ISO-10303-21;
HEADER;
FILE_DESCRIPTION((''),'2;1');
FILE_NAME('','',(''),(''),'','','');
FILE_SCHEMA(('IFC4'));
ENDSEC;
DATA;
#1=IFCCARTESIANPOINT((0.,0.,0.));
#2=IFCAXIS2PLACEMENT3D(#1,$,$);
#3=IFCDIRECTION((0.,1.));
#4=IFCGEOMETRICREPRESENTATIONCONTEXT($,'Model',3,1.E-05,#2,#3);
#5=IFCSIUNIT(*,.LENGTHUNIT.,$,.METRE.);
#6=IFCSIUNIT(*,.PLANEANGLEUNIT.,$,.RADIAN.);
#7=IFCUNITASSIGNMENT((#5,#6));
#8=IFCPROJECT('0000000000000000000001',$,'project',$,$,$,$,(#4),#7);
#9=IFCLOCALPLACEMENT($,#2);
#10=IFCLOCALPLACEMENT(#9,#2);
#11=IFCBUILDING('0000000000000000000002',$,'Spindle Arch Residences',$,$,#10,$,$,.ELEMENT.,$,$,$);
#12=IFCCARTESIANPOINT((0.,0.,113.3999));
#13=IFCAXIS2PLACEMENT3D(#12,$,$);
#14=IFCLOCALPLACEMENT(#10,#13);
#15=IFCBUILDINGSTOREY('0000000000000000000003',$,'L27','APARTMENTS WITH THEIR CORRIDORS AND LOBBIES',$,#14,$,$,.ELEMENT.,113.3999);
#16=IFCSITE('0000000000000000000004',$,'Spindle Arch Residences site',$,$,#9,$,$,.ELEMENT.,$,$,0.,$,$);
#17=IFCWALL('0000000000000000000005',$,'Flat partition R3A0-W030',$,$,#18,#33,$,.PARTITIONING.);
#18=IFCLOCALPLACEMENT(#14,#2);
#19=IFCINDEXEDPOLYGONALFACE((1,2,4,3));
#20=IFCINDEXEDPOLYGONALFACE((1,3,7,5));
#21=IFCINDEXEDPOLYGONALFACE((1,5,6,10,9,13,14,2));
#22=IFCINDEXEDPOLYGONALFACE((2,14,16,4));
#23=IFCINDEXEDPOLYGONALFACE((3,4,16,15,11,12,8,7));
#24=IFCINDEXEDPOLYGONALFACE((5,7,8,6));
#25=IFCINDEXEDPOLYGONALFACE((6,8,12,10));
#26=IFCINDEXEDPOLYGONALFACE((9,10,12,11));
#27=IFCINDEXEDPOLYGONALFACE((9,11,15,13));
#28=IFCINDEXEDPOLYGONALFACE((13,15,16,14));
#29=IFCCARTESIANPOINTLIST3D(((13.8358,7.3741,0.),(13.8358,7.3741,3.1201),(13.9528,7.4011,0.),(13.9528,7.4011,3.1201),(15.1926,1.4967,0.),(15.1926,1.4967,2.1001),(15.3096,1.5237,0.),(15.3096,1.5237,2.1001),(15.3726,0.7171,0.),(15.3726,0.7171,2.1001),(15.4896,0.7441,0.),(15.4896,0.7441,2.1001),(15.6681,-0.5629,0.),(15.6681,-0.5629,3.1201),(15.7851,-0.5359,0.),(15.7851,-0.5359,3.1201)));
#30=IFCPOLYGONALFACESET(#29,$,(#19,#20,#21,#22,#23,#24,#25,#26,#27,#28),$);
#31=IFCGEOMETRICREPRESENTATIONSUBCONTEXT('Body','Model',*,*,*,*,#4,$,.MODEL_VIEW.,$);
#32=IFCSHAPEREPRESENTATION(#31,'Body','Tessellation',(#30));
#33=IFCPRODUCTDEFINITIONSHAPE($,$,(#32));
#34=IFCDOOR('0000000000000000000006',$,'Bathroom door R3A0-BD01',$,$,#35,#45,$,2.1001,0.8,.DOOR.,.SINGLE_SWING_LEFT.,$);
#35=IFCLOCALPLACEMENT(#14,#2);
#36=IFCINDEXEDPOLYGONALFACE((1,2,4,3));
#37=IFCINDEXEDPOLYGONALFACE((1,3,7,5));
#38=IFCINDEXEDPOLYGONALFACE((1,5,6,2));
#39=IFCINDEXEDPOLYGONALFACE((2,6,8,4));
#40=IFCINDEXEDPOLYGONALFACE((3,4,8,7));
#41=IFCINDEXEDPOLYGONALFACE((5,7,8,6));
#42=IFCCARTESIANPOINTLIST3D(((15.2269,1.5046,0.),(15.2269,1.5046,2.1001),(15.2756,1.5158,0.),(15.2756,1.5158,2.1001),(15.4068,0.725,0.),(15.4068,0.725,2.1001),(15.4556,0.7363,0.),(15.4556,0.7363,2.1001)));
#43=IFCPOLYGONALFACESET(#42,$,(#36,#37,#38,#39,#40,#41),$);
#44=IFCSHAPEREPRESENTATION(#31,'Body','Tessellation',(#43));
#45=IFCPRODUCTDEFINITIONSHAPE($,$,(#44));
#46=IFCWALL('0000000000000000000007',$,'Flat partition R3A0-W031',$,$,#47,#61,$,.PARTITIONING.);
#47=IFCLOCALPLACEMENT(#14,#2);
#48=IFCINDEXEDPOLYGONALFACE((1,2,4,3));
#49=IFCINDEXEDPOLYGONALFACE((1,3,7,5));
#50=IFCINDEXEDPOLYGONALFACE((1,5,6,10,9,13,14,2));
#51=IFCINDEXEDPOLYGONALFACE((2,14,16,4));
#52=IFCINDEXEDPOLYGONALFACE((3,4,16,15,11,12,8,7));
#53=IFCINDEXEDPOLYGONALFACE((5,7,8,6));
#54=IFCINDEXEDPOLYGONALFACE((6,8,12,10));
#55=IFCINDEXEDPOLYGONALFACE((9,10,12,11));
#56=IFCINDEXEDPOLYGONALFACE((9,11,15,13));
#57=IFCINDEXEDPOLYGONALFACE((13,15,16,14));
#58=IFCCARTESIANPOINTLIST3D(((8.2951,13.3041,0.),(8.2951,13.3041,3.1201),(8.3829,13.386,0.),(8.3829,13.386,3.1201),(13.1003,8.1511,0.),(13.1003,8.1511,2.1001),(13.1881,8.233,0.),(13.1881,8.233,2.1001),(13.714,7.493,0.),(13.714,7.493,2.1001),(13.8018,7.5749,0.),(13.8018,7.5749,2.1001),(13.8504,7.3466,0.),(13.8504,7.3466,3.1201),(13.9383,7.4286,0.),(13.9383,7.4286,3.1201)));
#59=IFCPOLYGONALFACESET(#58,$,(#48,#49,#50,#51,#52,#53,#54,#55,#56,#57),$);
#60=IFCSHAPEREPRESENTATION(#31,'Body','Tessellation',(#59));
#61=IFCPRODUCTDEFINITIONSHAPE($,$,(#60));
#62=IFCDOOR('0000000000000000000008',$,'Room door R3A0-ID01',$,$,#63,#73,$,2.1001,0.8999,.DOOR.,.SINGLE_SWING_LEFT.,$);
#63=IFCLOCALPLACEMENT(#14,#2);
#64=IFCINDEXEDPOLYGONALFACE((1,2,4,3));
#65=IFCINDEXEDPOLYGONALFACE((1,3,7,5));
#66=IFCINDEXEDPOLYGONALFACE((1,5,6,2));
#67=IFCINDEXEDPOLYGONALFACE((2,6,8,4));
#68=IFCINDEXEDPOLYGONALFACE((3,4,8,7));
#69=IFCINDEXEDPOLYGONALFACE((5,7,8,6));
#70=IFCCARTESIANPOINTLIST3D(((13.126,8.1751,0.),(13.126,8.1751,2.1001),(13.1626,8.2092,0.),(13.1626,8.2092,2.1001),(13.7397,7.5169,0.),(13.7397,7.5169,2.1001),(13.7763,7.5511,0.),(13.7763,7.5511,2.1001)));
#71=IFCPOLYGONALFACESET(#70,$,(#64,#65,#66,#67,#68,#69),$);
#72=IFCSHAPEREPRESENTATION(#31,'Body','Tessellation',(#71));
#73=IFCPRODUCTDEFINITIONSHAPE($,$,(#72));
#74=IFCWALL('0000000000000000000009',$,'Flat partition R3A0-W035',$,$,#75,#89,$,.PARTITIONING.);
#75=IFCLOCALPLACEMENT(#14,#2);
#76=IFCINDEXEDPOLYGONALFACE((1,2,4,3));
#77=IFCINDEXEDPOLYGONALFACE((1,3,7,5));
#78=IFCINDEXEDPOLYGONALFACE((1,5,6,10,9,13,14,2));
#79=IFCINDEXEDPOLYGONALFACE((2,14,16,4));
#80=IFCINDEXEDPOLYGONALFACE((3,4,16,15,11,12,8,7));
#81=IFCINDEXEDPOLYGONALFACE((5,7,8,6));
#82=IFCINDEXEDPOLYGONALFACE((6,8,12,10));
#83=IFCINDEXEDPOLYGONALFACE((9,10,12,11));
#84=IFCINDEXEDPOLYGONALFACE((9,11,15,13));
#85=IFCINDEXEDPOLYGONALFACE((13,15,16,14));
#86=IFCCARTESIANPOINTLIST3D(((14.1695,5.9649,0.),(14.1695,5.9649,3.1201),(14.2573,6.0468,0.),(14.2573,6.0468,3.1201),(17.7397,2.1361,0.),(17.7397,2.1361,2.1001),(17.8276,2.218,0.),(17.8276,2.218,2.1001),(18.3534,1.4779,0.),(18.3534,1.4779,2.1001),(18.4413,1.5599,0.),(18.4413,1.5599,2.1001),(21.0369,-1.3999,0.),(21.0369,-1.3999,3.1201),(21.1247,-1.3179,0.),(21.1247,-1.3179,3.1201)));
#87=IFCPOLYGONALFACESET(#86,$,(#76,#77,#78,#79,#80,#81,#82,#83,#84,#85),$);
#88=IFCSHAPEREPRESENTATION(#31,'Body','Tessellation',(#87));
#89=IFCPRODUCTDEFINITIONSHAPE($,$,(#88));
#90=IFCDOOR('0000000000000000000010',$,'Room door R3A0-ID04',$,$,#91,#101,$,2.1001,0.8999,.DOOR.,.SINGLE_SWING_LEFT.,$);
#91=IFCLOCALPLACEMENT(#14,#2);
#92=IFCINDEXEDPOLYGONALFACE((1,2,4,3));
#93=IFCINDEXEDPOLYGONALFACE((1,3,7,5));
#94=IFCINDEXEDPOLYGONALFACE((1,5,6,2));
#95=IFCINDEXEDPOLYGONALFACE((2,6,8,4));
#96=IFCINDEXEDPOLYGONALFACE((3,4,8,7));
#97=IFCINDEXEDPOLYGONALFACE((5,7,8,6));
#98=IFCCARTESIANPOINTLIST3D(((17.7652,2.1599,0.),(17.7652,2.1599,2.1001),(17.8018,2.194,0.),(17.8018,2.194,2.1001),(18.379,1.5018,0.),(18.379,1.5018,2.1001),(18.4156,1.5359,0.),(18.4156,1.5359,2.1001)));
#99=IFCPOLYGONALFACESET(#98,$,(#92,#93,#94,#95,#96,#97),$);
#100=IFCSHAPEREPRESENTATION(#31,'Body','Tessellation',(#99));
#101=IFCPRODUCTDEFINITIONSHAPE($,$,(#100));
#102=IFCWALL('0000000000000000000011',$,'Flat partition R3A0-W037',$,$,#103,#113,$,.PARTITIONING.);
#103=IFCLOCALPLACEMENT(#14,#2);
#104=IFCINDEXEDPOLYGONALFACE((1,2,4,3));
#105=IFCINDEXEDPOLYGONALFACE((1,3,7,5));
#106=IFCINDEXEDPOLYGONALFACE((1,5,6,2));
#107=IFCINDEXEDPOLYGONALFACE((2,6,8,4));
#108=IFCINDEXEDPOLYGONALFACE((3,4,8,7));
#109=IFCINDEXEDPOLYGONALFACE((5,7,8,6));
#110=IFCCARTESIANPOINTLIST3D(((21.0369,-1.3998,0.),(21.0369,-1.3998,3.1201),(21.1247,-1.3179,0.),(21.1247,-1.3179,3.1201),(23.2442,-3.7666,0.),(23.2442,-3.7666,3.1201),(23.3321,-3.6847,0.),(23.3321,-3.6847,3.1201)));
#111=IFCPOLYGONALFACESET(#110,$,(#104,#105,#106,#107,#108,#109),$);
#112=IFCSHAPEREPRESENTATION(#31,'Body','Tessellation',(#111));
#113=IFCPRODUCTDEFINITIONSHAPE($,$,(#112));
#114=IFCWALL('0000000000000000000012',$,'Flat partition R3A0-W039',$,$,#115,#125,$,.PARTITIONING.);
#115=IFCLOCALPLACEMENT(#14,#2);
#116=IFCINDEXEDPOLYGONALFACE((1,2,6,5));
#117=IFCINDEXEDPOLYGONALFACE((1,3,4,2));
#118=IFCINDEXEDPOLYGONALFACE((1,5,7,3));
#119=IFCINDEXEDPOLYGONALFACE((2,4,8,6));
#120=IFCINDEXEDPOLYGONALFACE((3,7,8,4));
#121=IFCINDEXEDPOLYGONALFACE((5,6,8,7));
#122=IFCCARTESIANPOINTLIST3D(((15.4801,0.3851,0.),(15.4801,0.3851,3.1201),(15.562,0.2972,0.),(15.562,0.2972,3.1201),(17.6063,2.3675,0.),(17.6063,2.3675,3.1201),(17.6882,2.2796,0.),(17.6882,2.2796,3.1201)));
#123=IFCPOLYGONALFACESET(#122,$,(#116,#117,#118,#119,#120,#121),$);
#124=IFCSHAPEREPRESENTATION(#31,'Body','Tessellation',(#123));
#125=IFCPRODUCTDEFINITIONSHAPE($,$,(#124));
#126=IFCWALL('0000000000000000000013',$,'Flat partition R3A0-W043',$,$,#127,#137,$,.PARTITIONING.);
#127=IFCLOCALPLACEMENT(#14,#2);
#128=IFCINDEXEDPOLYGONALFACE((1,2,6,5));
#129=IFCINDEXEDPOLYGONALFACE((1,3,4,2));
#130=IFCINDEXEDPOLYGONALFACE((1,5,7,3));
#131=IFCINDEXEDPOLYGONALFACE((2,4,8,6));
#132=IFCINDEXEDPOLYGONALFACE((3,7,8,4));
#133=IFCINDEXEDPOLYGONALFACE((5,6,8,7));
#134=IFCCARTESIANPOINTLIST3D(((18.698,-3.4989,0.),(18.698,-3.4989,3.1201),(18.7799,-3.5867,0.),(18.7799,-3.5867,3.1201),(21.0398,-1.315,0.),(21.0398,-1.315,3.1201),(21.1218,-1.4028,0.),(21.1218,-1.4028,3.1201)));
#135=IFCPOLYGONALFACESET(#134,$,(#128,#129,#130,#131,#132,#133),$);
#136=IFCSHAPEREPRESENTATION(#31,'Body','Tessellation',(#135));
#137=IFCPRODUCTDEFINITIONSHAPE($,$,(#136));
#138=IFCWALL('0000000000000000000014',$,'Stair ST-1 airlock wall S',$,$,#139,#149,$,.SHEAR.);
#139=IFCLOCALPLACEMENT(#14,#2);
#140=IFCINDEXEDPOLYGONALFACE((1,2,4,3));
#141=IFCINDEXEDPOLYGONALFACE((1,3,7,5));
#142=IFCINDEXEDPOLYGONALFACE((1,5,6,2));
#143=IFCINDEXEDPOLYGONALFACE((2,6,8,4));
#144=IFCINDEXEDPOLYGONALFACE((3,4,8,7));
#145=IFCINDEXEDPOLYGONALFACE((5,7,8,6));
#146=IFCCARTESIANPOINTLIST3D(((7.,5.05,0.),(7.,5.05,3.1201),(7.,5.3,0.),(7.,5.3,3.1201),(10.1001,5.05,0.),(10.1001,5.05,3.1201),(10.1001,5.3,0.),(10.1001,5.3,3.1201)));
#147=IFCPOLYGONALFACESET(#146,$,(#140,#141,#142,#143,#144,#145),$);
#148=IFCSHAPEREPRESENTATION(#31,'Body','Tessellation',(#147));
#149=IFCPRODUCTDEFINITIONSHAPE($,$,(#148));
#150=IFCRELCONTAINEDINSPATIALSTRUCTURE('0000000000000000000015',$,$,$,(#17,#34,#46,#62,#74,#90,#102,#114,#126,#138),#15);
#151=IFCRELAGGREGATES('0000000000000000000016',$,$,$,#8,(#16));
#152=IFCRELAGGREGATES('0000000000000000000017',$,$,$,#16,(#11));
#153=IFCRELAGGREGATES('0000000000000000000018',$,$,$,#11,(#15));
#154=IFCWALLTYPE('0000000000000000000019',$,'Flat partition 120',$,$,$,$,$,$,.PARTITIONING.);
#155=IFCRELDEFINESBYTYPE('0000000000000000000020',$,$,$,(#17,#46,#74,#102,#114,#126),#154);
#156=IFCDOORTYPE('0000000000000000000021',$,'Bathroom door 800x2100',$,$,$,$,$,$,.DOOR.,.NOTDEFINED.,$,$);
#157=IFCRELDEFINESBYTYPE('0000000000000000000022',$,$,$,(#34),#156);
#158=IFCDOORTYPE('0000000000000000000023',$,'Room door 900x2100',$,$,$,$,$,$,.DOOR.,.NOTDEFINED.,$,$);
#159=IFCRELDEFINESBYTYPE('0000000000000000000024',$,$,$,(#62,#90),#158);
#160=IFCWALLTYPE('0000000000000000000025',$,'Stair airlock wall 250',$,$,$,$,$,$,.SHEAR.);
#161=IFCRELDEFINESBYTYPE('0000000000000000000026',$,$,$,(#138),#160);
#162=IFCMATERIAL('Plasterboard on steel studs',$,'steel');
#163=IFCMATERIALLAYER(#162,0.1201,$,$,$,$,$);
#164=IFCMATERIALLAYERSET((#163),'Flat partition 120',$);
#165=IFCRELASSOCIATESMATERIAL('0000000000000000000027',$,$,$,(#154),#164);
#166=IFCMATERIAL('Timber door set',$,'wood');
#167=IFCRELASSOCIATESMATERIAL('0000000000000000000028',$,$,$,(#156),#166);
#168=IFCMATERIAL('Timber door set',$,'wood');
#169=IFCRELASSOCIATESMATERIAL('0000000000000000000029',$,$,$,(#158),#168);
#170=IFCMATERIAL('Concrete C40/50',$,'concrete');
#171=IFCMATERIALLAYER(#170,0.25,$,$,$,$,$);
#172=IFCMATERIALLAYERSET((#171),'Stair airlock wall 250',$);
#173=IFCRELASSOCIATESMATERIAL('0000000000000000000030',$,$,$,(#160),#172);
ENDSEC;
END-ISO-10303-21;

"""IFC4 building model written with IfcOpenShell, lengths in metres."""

from ifc_helpers import new_model, si_unit, direction, frame, frame_2d, origin, place, context, subcontext, project, spatial, rectangle, extrude, material, layer, layer_set, type_object, element, fill, save


model = new_model("IFC4")

# Units and contexts
model_context = context("Model", 3, precision=1e-05, world=origin(), true_north=direction((0.0, 1.0)))
body_context = subcontext(model_context, "Body", "Model", "MODEL_VIEW")
ifc_project = project(units=[si_unit("LENGTHUNIT", "METRE"), si_unit("PLANEANGLEUNIT", "RADIAN")], contexts=[model_context])

# Site, building, storey
site_placement = place(None, origin())
site = spatial("IfcSite", under=ifc_project, at=site_placement, Name="Spindle Arch Residences site", CompositionType="ELEMENT", RefElevation=0.0)
building_placement = place(site_placement, origin())
building = spatial("IfcBuilding", under=site, at=building_placement, Name="Spindle Arch Residences", CompositionType="ELEMENT")
storey_placement = place(building_placement, frame((0.0, 0.0, 113.3999)))
storey = spatial("IfcBuildingStorey", under=building, at=storey_placement, Name="L27", Description="APARTMENTS WITH THEIR CORRIDORS AND LOBBIES", CompositionType="ELEMENT", Elevation=113.3999)

# Walls, openings, doors
ifc_material_1 = material(Name="Plasterboard on steel studs", Category="steel")
ifc_layer_1 = layer(ifc_material_1, 0.1201)
ifc_layer_set_1 = layer_set([ifc_layer_1], Name="Flat partition 120")
wall_type_1 = type_object("IfcWallType", Name="Flat partition 120", PredefinedType="PARTITIONING", material=ifc_layer_set_1)
wall_1_placement = place(storey_placement, frame((15.7266, -0.5493, 0.0), z_axis=(0.0, 0.0, 1.0), x_axis=(-0.224936, 0.974374, 0.0)))
wall_1 = element("IfcWall", 1, at=wall_1_placement, inside=storey, type_object=wall_type_1, Name="Flat partition R3A0-W030", PredefinedType="PARTITIONING", context=body_context, shape_type="SweptSolid", body=[
    extrude(rectangle(XDim=8.1458, YDim=0.1201, at=frame_2d((4.0728, 0.0))), origin(), (0.0, 0.0, 1.0), 3.1201),
])
opening_1_placement = place(wall_1_placement, frame((1.3137, 0.0, 0.0)))
opening_1 = element("IfcOpeningElement", 2, at=opening_1_placement, cuts=wall_1, PredefinedType="OPENING", context=body_context, shape_type="SweptSolid", body=[
    extrude(rectangle(XDim=0.8, YDim=2.1001, at=frame_2d((0.3999, 1.05))), frame((0.0, 0.0701, 0.0), z_axis=(0.0, -1.0, 0.0), x_axis=(1.0, 0.0, 0.0)), (0.0, 0.0, 1.0), 0.1401),
])
ifc_material_2 = material(Name="Timber door set", Category="wood")
door_type_1 = type_object("IfcDoorType", Name="Bathroom door 800x2100", OperationType="NOTDEFINED", PredefinedType="DOOR", material=ifc_material_2)
door_1_placement = place(opening_1_placement, origin())
door_1 = element("IfcDoor", 3, at=door_1_placement, inside=storey, type_object=door_type_1, Name="Bathroom door R3A0-BD01", OperationType="SINGLE_SWING_LEFT", OverallHeight=2.1001, OverallWidth=0.8, PredefinedType="DOOR", context=body_context, shape_type="SweptSolid", body=[
    extrude(rectangle(XDim=0.8, YDim=2.1001, at=frame_2d((0.3999, 1.05))), frame((0.0, 0.0249, 0.0), z_axis=(0.0, -1.0, 0.0), x_axis=(1.0, 0.0, 0.0)), (0.0, 0.0, 1.0), 0.05),
])
fill(opening_1, door_1)
wall_2_placement = place(storey_placement, frame((13.8943, 7.3877, 0.0), z_axis=(0.0, 0.0, 1.0), x_axis=(-0.681995, 0.731357, 0.0)))
wall_2 = element("IfcWall", 4, at=wall_2_placement, inside=storey, type_object=wall_type_1, Name="Flat partition R3A0-W031", PredefinedType="PARTITIONING", context=body_context, shape_type="SweptSolid", body=[
    extrude(rectangle(XDim=8.1458, YDim=0.1201, at=frame_2d((4.0728, 0.0))), origin(), (0.0, 0.0, 1.0), 3.1201),
])
opening_2_placement = place(wall_2_placement, frame((0.2, 0.0, 0.0)))
opening_2 = element("IfcOpeningElement", 5, at=opening_2_placement, cuts=wall_2, PredefinedType="OPENING", context=body_context, shape_type="SweptSolid", body=[
    extrude(rectangle(XDim=0.8999, YDim=2.1001, at=frame_2d((0.45, 1.05))), frame((0.0, 0.0701, 0.0), z_axis=(0.0, -1.0, 0.0), x_axis=(1.0, 0.0, 0.0)), (0.0, 0.0, 1.0), 0.1401),
])
ifc_material_3 = material(Name="Timber door set", Category="wood")
door_type_2 = type_object("IfcDoorType", Name="Room door 900x2100", OperationType="NOTDEFINED", PredefinedType="DOOR", material=ifc_material_3)
door_2_placement = place(opening_2_placement, origin())
door_2 = element("IfcDoor", 6, at=door_2_placement, inside=storey, type_object=door_type_2, Name="Room door R3A0-ID01", OperationType="SINGLE_SWING_LEFT", OverallHeight=2.1001, OverallWidth=0.8999, PredefinedType="DOOR", context=body_context, shape_type="SweptSolid", body=[
    extrude(rectangle(XDim=0.8999, YDim=2.1001, at=frame_2d((0.45, 1.05))), frame((0.0, 0.0249, 0.0), z_axis=(0.0, -1.0, 0.0), x_axis=(1.0, 0.0, 0.0)), (0.0, 0.0, 1.0), 0.05),
])
fill(opening_2, door_2)
wall_3_placement = place(storey_placement, frame((14.2134, 6.0059, 0.0), z_axis=(0.0, 0.0, 1.0), x_axis=(0.681982, -0.731369, 0.0)))
wall_3 = element("IfcWall", 7, at=wall_3_placement, inside=storey, type_object=wall_type_1, Name="Flat partition R3A0-W035", PredefinedType="PARTITIONING", context=body_context, shape_type="SweptSolid", body=[
    extrude(rectangle(XDim=10.0698, YDim=0.1201, at=frame_2d((5.0349, 0.0))), origin(), (0.0, 0.0, 1.0), 3.1201),
])
opening_3_placement = place(wall_3_placement, frame((5.2351, 0.0, 0.0)))
opening_3 = element("IfcOpeningElement", 8, at=opening_3_placement, cuts=wall_3, PredefinedType="OPENING", context=body_context, shape_type="SweptSolid", body=[
    extrude(rectangle(XDim=0.8999, YDim=2.1001, at=frame_2d((0.45, 1.05))), frame((0.0, 0.0701, 0.0), z_axis=(0.0, -1.0, 0.0), x_axis=(1.0, 0.0, 0.0)), (0.0, 0.0, 1.0), 0.1401),
])
door_3_placement = place(opening_3_placement, origin())
door_3 = element("IfcDoor", 9, at=door_3_placement, inside=storey, type_object=door_type_2, Name="Room door R3A0-ID04", OperationType="SINGLE_SWING_LEFT", OverallHeight=2.1001, OverallWidth=0.8999, PredefinedType="DOOR", context=body_context, shape_type="SweptSolid", body=[
    extrude(rectangle(XDim=0.8999, YDim=2.1001, at=frame_2d((0.45, 1.05))), frame((0.0, 0.0249, 0.0), z_axis=(0.0, -1.0, 0.0), x_axis=(1.0, 0.0, 0.0)), (0.0, 0.0, 1.0), 0.05),
])
fill(opening_3, door_3)

# Walls
wall_4_placement = place(storey_placement, frame((21.0808, -1.3589, 0.0), z_axis=(0.0, 0.0, 1.0), x_axis=(0.682047, -0.731309, 0.0)))
element("IfcWall", 10, at=wall_4_placement, inside=storey, type_object=wall_type_1, Name="Flat partition R3A0-W037", PredefinedType="PARTITIONING", context=body_context, shape_type="SweptSolid", body=[
    extrude(rectangle(XDim=3.2363, YDim=0.1201, at=frame_2d((1.6182, 0.0))), origin(), (0.0, 0.0, 1.0), 3.1201),
])
wall_5_placement = place(storey_placement, frame((15.521, 0.3411, 0.0), z_axis=(0.0, 0.0, 1.0), x_axis=(0.731407, 0.681941, 0.0)))
element("IfcWall", 11, at=wall_5_placement, inside=storey, type_object=wall_type_1, Name="Flat partition R3A0-W039", PredefinedType="PARTITIONING", context=body_context, shape_type="SweptSolid", body=[
    extrude(rectangle(XDim=2.907, YDim=0.1201, at=frame_2d((1.4536, 0.0))), origin(), (0.0, 0.0, 1.0), 3.1201),
])
wall_6_placement = place(storey_placement, frame((21.0808, -1.3589, 0.0), z_axis=(0.0, 0.0, 1.0), x_axis=(-0.731342, -0.682011, 0.0)))
element("IfcWall", 12, at=wall_6_placement, inside=storey, type_object=wall_type_1, Name="Flat partition R3A0-W043", PredefinedType="PARTITIONING", context=body_context, shape_type="SweptSolid", body=[
    extrude(rectangle(XDim=3.2021, YDim=0.1201, at=frame_2d((1.6011, 0.0))), origin(), (0.0, 0.0, 1.0), 3.1201),
])
ifc_material_4 = material(Name="Concrete C40/50", Category="concrete")
ifc_layer_2 = layer(ifc_material_4, 0.25)
ifc_layer_set_2 = layer_set([ifc_layer_2], Name="Stair airlock wall 250")
wall_type_2 = type_object("IfcWallType", Name="Stair airlock wall 250", PredefinedType="SHEAR", material=ifc_layer_set_2)
wall_7_placement = place(storey_placement, frame((7.0, 5.175, 0.0), z_axis=(0.0, 0.0, 1.0), x_axis=(1.0, 0.0, 0.0)))
element("IfcWall", 13, at=wall_7_placement, inside=storey, type_object=wall_type_2, Name="Stair ST-1 airlock wall S", PredefinedType="SHEAR", context=body_context, shape_type="SweptSolid", body=[
    extrude(rectangle(XDim=3.1001, YDim=0.25, at=frame_2d((1.55, 0.0))), origin(), (0.0, 0.0, 1.0), 3.1201),
])

save(model, "model.ifc")
